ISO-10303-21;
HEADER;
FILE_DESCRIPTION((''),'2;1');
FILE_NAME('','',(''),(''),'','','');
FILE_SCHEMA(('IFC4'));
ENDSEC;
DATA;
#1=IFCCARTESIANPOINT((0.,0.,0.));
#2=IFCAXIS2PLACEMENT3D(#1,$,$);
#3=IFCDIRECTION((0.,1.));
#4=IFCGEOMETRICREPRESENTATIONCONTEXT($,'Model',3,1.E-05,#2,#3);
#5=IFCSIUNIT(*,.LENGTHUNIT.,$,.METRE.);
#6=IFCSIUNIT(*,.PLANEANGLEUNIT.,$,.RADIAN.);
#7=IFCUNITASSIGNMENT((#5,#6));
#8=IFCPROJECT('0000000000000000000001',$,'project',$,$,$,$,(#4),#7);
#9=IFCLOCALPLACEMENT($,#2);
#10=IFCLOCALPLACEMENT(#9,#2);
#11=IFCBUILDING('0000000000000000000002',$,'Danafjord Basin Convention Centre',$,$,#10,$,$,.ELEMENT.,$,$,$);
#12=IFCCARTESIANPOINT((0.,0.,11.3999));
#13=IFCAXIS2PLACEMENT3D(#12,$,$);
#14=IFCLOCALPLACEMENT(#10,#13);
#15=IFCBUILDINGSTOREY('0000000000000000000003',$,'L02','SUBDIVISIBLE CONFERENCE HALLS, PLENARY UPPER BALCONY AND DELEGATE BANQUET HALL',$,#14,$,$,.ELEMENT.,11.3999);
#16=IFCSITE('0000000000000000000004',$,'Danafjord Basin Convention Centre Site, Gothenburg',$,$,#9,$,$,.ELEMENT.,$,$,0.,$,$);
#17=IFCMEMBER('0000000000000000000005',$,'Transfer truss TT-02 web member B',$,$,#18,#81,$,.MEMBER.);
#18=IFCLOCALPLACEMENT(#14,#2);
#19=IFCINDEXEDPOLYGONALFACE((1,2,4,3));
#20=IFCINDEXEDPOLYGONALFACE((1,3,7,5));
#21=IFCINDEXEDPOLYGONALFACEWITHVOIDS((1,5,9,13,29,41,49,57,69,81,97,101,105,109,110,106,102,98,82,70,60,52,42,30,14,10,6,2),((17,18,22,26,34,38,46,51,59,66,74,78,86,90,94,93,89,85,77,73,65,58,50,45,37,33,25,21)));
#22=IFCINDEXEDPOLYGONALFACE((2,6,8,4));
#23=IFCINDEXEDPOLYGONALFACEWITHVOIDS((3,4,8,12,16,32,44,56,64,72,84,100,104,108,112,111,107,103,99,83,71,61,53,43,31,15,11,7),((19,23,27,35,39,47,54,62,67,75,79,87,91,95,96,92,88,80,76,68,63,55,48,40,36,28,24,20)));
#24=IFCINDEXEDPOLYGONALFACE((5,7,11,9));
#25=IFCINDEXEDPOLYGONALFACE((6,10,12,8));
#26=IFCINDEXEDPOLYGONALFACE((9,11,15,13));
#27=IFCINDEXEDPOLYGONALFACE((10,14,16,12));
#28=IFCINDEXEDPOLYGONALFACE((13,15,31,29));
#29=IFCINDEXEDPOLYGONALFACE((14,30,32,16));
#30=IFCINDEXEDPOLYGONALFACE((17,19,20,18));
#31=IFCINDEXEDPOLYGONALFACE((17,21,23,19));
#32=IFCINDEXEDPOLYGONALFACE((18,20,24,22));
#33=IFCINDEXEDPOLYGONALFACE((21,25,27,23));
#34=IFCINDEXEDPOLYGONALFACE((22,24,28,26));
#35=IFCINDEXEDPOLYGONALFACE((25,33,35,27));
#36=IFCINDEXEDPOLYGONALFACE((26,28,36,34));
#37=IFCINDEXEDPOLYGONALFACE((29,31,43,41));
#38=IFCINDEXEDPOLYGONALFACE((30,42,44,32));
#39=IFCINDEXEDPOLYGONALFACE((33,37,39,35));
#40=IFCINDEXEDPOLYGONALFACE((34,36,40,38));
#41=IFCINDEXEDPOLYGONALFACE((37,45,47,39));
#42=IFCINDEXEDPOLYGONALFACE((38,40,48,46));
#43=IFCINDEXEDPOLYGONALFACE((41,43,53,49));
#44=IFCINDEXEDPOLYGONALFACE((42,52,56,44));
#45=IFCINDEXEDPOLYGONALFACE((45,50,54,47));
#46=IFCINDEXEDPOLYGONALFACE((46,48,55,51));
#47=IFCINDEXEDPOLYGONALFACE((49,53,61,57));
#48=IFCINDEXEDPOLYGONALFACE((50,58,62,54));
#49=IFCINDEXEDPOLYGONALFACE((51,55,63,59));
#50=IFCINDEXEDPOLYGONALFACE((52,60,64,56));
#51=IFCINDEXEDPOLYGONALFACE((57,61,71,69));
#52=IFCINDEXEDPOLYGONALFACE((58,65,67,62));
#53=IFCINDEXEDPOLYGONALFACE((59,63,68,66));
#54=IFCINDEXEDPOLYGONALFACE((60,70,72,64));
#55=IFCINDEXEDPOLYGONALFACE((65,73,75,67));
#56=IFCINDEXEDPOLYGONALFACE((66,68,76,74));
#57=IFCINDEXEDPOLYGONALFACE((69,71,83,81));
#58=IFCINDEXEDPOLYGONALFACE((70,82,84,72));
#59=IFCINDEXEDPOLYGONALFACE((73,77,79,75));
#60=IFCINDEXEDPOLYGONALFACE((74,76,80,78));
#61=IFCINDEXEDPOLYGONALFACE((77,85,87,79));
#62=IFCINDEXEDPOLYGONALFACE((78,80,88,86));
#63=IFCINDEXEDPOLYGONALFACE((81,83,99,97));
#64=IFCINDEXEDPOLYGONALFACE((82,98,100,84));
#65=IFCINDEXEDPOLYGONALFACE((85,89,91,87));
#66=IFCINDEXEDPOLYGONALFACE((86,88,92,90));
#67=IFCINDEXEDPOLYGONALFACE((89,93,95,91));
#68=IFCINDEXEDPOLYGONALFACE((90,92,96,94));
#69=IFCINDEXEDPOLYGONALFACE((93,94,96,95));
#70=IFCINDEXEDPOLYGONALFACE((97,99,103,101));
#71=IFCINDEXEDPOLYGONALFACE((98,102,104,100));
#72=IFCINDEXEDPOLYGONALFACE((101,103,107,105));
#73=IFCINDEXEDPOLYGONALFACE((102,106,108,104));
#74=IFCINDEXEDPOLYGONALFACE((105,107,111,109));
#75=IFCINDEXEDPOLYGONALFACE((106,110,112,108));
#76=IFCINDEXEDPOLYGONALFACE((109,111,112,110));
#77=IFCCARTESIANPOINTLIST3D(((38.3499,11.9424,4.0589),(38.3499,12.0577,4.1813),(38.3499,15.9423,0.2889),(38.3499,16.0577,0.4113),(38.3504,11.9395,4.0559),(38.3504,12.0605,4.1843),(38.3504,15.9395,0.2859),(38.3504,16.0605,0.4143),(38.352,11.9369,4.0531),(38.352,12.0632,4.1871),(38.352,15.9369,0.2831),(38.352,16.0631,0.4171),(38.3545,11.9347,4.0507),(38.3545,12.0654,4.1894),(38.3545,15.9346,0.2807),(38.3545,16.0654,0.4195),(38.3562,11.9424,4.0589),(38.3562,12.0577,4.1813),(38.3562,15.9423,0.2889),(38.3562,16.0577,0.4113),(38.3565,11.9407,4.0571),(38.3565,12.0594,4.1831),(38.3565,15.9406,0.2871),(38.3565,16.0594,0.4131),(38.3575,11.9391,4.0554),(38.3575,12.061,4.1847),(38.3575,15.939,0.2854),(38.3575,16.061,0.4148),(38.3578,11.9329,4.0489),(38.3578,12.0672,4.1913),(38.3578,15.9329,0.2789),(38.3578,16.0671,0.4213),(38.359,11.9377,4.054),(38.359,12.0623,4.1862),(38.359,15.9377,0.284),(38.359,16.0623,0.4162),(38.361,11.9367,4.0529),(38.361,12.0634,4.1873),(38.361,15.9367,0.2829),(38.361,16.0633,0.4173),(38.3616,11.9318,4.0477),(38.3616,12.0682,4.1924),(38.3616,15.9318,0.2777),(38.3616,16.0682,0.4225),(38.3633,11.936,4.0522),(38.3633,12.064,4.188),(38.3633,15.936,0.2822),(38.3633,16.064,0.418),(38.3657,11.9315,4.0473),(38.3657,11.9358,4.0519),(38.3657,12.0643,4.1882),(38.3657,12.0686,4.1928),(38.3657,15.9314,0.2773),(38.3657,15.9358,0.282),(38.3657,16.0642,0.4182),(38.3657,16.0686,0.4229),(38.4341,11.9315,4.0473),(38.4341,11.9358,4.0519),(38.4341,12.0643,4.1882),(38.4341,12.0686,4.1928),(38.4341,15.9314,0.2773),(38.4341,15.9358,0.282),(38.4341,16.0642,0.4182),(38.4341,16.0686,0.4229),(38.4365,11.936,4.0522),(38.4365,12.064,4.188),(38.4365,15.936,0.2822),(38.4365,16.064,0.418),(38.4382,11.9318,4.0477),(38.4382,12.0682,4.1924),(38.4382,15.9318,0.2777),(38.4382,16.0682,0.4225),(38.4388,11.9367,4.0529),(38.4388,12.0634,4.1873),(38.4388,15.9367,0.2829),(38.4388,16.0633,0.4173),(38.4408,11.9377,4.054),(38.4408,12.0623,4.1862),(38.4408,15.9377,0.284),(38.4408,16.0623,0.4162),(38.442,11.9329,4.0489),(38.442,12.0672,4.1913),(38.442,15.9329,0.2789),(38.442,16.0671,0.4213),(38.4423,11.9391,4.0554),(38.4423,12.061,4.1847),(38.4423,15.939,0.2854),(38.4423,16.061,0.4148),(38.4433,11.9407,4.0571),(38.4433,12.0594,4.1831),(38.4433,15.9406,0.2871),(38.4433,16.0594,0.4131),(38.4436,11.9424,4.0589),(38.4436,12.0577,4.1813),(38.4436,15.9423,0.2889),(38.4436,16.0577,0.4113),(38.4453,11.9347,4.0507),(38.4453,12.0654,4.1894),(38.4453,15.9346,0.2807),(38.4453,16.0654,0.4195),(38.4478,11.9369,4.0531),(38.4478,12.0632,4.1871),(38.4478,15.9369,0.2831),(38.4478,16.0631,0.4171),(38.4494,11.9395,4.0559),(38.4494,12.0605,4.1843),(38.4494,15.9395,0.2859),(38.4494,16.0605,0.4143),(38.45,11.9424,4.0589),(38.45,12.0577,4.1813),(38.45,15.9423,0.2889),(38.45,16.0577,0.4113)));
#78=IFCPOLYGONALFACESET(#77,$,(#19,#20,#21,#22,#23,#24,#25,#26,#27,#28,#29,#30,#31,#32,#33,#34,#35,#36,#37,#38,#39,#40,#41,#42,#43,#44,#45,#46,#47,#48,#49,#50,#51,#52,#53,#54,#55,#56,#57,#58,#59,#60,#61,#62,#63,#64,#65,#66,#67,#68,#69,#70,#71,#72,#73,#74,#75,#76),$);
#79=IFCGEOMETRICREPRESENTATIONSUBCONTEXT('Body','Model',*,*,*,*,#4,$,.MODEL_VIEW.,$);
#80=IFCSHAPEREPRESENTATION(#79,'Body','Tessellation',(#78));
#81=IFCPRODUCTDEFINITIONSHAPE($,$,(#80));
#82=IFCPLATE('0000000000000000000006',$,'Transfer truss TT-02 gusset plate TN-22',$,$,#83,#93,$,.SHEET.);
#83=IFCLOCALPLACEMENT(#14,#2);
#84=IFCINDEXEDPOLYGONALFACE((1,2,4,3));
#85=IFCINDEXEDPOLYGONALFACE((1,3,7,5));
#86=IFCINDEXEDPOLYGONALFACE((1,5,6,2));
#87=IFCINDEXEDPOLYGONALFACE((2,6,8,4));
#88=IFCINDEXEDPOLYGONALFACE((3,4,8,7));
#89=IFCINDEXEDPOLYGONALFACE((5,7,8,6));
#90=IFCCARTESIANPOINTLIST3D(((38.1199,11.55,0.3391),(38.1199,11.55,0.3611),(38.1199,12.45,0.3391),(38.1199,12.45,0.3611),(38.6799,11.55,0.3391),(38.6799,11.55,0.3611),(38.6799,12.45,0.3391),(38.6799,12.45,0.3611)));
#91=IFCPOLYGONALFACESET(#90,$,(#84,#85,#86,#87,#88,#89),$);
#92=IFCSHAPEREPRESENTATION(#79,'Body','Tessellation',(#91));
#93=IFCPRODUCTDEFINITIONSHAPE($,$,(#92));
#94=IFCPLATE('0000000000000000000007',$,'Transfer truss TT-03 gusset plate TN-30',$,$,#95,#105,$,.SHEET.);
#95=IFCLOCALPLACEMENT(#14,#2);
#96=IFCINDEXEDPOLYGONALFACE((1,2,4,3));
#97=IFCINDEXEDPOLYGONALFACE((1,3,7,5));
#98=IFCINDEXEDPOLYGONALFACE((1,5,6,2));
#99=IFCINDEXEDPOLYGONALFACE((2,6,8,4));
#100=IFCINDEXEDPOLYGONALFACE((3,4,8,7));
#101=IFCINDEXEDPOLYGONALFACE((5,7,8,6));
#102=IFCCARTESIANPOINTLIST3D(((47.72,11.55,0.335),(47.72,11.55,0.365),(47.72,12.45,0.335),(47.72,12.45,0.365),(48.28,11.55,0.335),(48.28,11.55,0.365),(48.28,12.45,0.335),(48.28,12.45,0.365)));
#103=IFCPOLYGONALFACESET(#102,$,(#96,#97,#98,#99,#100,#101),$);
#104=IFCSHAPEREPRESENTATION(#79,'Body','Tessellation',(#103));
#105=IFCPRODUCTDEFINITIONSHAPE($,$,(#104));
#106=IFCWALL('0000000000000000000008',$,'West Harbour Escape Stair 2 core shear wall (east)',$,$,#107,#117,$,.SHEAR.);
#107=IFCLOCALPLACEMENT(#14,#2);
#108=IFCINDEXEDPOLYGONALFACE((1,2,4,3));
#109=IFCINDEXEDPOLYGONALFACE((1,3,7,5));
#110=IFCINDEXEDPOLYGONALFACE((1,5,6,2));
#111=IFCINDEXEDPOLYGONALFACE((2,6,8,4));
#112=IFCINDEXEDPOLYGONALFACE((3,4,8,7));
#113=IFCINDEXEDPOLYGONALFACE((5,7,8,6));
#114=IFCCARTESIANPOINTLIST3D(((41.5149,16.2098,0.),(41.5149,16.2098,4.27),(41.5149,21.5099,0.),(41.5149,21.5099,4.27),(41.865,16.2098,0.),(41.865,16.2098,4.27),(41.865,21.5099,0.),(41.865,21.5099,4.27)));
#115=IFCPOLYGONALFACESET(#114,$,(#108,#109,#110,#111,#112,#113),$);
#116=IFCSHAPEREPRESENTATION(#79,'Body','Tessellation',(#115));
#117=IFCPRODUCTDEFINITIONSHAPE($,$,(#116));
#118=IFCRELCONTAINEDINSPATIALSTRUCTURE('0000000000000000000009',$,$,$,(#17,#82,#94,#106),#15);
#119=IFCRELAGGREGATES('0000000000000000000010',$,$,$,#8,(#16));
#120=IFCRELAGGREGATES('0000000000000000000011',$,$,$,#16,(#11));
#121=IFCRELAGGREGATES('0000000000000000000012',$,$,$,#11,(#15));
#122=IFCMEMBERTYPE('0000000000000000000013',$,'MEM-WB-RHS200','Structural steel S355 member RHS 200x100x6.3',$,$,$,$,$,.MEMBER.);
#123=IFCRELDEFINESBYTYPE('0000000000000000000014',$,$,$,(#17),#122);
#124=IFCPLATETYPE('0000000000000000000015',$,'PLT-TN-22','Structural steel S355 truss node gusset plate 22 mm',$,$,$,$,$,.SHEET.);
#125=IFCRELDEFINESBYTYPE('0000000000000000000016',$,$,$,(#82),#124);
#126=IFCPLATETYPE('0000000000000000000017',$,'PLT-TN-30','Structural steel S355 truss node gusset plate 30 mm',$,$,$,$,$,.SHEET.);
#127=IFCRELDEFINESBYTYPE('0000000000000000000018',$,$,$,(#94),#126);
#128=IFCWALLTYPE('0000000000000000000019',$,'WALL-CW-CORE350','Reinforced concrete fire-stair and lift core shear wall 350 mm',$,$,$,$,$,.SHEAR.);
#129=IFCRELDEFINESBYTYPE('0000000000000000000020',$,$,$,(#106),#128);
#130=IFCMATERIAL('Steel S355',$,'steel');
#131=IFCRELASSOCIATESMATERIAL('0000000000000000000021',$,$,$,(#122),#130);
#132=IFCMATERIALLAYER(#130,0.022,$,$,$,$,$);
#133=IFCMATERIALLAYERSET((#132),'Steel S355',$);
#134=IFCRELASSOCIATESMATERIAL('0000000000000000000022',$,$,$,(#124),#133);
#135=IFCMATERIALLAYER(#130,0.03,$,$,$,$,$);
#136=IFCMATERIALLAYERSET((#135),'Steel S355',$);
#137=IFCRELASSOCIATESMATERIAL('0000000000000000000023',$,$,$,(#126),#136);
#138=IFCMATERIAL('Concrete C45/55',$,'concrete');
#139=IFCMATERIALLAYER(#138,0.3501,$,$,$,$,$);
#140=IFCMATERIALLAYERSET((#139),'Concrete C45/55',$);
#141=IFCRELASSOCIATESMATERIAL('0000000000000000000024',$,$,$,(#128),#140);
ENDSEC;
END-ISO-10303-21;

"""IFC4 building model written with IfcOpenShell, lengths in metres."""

from ifc_helpers import new_model, si_unit, direction, frame, frame_2d, origin, origin_2d, place, context, subcontext, project, spatial, rectangle, hollow_rectangle, extrude, material, layer, layer_set, material_profile, profile_set, type_object, element, save


model = new_model("IFC4")

# Units and contexts
model_context = context("Model", 3, precision=1e-05, world=origin(), true_north=direction((0.0, 1.0)))
body_context = subcontext(model_context, "Body", "Model", "MODEL_VIEW")
ifc_project = project(units=[si_unit("LENGTHUNIT", "METRE"), si_unit("PLANEANGLEUNIT", "RADIAN")], contexts=[model_context])

# Site, building, storey
site_placement = place(None, origin())
site = spatial("IfcSite", under=ifc_project, at=site_placement, Name="Danafjord Basin Convention Centre Site, Gothenburg", CompositionType="ELEMENT", RefElevation=0.0)
building_placement = place(site_placement, origin())
building = spatial("IfcBuilding", under=site, at=building_placement, Name="Danafjord Basin Convention Centre", CompositionType="ELEMENT")
storey_placement = place(building_placement, frame((0.0, 0.0, 11.3999)))
storey = spatial("IfcBuildingStorey", under=building, at=storey_placement, Name="L02", Description="SUBDIVISIBLE CONFERENCE HALLS, PLENARY UPPER BALCONY AND DELEGATE BANQUET HALL", CompositionType="ELEMENT", Elevation=11.3999)

# Shared definitions
ifc_material_1 = material(Name="Steel S355", Category="steel")

# Member
ifc_material_profile_1 = material_profile(ifc_material_1, hollow_rectangle(XDim=0.1001, YDim=0.2, WallThickness=0.0063, InnerFilletRadius=0.0095, OuterFilletRadius=0.0159, at=origin_2d()), Name="RHS 200x100x6.3")
ifc_profile_set_1 = profile_set([ifc_material_profile_1], Name="Steel S355")
member_type_1 = type_object("IfcMemberType", Name="MEM-WB-RHS200", Description="Structural steel S355 member RHS 200x100x6.3", PredefinedType="MEMBER", material=ifc_profile_set_1)
member_1_placement = place(storey_placement, frame((38.3999, 16.0, 0.3501), z_axis=(0.0, -0.727717, 0.685877), x_axis=(1.0, 0.0, 0.0)))
element("IfcMember", 1, at=member_1_placement, inside=storey, type_object=member_type_1, Name="Transfer truss TT-02 web member B", PredefinedType="MEMBER", context=body_context, shape_type="SweptSolid", body=[
    extrude(hollow_rectangle(XDim=0.1001, YDim=0.2, WallThickness=0.0063, InnerFilletRadius=0.0095, OuterFilletRadius=0.0159, at=origin_2d()), origin(), (0.0, 0.0, 1.0), 5.4966),
])

# Plates
ifc_layer_1 = layer(ifc_material_1, 0.022)
ifc_layer_set_1 = layer_set([ifc_layer_1], Name="Steel S355")
plate_type_1 = type_object("IfcPlateType", Name="PLT-TN-22", Description="Structural steel S355 truss node gusset plate 22 mm", PredefinedType="SHEET", material=ifc_layer_set_1)
plate_1_placement = place(storey_placement, frame((38.3999, 12.0, 0.3391), z_axis=(0.0, 0.0, 1.0), x_axis=(1.0, 0.0, 0.0)))
element("IfcPlate", 2, at=plate_1_placement, inside=storey, type_object=plate_type_1, Name="Transfer truss TT-02 gusset plate TN-22", PredefinedType="SHEET", context=body_context, shape_type="SweptSolid", body=[
    extrude(rectangle(XDim=0.5601, YDim=0.8999, at=origin_2d()), origin(), (0.0, 0.0, 1.0), 0.022),
])
ifc_layer_2 = layer(ifc_material_1, 0.03)
ifc_layer_set_2 = layer_set([ifc_layer_2], Name="Steel S355")
plate_type_2 = type_object("IfcPlateType", Name="PLT-TN-30", Description="Structural steel S355 truss node gusset plate 30 mm", PredefinedType="SHEET", material=ifc_layer_set_2)
plate_2_placement = place(storey_placement, frame((48.0, 12.0, 0.335), z_axis=(0.0, 0.0, 1.0), x_axis=(1.0, 0.0, 0.0)))
element("IfcPlate", 3, at=plate_2_placement, inside=storey, type_object=plate_type_2, Name="Transfer truss TT-03 gusset plate TN-30", PredefinedType="SHEET", context=body_context, shape_type="SweptSolid", body=[
    extrude(rectangle(XDim=0.5601, YDim=0.8999, at=origin_2d()), origin(), (0.0, 0.0, 1.0), 0.03),
])

# Wall
ifc_material_2 = material(Name="Concrete C45/55", Category="concrete")
ifc_layer_3 = layer(ifc_material_2, 0.3501)
ifc_layer_set_3 = layer_set([ifc_layer_3], Name="Concrete C45/55")
wall_type = type_object("IfcWallType", Name="WALL-CW-CORE350", Description="Reinforced concrete fire-stair and lift core shear wall 350 mm", PredefinedType="SHEAR", material=ifc_layer_set_3)
wall_placement = place(storey_placement, frame((41.6899, 16.21, 0.0), z_axis=(0.0, 0.0, 1.0), x_axis=(0.0, 1.0, 0.0)))
element("IfcWall", 4, at=wall_placement, inside=storey, type_object=wall_type, Name="West Harbour Escape Stair 2 core shear wall (east)", PredefinedType="SHEAR", context=body_context, shape_type="SweptSolid", body=[
    extrude(rectangle(XDim=5.3, YDim=0.3501, at=frame_2d((2.6499, 0.0))), origin(), (0.0, 0.0, 1.0), 4.27),
])

save(model, "model.ifc")
